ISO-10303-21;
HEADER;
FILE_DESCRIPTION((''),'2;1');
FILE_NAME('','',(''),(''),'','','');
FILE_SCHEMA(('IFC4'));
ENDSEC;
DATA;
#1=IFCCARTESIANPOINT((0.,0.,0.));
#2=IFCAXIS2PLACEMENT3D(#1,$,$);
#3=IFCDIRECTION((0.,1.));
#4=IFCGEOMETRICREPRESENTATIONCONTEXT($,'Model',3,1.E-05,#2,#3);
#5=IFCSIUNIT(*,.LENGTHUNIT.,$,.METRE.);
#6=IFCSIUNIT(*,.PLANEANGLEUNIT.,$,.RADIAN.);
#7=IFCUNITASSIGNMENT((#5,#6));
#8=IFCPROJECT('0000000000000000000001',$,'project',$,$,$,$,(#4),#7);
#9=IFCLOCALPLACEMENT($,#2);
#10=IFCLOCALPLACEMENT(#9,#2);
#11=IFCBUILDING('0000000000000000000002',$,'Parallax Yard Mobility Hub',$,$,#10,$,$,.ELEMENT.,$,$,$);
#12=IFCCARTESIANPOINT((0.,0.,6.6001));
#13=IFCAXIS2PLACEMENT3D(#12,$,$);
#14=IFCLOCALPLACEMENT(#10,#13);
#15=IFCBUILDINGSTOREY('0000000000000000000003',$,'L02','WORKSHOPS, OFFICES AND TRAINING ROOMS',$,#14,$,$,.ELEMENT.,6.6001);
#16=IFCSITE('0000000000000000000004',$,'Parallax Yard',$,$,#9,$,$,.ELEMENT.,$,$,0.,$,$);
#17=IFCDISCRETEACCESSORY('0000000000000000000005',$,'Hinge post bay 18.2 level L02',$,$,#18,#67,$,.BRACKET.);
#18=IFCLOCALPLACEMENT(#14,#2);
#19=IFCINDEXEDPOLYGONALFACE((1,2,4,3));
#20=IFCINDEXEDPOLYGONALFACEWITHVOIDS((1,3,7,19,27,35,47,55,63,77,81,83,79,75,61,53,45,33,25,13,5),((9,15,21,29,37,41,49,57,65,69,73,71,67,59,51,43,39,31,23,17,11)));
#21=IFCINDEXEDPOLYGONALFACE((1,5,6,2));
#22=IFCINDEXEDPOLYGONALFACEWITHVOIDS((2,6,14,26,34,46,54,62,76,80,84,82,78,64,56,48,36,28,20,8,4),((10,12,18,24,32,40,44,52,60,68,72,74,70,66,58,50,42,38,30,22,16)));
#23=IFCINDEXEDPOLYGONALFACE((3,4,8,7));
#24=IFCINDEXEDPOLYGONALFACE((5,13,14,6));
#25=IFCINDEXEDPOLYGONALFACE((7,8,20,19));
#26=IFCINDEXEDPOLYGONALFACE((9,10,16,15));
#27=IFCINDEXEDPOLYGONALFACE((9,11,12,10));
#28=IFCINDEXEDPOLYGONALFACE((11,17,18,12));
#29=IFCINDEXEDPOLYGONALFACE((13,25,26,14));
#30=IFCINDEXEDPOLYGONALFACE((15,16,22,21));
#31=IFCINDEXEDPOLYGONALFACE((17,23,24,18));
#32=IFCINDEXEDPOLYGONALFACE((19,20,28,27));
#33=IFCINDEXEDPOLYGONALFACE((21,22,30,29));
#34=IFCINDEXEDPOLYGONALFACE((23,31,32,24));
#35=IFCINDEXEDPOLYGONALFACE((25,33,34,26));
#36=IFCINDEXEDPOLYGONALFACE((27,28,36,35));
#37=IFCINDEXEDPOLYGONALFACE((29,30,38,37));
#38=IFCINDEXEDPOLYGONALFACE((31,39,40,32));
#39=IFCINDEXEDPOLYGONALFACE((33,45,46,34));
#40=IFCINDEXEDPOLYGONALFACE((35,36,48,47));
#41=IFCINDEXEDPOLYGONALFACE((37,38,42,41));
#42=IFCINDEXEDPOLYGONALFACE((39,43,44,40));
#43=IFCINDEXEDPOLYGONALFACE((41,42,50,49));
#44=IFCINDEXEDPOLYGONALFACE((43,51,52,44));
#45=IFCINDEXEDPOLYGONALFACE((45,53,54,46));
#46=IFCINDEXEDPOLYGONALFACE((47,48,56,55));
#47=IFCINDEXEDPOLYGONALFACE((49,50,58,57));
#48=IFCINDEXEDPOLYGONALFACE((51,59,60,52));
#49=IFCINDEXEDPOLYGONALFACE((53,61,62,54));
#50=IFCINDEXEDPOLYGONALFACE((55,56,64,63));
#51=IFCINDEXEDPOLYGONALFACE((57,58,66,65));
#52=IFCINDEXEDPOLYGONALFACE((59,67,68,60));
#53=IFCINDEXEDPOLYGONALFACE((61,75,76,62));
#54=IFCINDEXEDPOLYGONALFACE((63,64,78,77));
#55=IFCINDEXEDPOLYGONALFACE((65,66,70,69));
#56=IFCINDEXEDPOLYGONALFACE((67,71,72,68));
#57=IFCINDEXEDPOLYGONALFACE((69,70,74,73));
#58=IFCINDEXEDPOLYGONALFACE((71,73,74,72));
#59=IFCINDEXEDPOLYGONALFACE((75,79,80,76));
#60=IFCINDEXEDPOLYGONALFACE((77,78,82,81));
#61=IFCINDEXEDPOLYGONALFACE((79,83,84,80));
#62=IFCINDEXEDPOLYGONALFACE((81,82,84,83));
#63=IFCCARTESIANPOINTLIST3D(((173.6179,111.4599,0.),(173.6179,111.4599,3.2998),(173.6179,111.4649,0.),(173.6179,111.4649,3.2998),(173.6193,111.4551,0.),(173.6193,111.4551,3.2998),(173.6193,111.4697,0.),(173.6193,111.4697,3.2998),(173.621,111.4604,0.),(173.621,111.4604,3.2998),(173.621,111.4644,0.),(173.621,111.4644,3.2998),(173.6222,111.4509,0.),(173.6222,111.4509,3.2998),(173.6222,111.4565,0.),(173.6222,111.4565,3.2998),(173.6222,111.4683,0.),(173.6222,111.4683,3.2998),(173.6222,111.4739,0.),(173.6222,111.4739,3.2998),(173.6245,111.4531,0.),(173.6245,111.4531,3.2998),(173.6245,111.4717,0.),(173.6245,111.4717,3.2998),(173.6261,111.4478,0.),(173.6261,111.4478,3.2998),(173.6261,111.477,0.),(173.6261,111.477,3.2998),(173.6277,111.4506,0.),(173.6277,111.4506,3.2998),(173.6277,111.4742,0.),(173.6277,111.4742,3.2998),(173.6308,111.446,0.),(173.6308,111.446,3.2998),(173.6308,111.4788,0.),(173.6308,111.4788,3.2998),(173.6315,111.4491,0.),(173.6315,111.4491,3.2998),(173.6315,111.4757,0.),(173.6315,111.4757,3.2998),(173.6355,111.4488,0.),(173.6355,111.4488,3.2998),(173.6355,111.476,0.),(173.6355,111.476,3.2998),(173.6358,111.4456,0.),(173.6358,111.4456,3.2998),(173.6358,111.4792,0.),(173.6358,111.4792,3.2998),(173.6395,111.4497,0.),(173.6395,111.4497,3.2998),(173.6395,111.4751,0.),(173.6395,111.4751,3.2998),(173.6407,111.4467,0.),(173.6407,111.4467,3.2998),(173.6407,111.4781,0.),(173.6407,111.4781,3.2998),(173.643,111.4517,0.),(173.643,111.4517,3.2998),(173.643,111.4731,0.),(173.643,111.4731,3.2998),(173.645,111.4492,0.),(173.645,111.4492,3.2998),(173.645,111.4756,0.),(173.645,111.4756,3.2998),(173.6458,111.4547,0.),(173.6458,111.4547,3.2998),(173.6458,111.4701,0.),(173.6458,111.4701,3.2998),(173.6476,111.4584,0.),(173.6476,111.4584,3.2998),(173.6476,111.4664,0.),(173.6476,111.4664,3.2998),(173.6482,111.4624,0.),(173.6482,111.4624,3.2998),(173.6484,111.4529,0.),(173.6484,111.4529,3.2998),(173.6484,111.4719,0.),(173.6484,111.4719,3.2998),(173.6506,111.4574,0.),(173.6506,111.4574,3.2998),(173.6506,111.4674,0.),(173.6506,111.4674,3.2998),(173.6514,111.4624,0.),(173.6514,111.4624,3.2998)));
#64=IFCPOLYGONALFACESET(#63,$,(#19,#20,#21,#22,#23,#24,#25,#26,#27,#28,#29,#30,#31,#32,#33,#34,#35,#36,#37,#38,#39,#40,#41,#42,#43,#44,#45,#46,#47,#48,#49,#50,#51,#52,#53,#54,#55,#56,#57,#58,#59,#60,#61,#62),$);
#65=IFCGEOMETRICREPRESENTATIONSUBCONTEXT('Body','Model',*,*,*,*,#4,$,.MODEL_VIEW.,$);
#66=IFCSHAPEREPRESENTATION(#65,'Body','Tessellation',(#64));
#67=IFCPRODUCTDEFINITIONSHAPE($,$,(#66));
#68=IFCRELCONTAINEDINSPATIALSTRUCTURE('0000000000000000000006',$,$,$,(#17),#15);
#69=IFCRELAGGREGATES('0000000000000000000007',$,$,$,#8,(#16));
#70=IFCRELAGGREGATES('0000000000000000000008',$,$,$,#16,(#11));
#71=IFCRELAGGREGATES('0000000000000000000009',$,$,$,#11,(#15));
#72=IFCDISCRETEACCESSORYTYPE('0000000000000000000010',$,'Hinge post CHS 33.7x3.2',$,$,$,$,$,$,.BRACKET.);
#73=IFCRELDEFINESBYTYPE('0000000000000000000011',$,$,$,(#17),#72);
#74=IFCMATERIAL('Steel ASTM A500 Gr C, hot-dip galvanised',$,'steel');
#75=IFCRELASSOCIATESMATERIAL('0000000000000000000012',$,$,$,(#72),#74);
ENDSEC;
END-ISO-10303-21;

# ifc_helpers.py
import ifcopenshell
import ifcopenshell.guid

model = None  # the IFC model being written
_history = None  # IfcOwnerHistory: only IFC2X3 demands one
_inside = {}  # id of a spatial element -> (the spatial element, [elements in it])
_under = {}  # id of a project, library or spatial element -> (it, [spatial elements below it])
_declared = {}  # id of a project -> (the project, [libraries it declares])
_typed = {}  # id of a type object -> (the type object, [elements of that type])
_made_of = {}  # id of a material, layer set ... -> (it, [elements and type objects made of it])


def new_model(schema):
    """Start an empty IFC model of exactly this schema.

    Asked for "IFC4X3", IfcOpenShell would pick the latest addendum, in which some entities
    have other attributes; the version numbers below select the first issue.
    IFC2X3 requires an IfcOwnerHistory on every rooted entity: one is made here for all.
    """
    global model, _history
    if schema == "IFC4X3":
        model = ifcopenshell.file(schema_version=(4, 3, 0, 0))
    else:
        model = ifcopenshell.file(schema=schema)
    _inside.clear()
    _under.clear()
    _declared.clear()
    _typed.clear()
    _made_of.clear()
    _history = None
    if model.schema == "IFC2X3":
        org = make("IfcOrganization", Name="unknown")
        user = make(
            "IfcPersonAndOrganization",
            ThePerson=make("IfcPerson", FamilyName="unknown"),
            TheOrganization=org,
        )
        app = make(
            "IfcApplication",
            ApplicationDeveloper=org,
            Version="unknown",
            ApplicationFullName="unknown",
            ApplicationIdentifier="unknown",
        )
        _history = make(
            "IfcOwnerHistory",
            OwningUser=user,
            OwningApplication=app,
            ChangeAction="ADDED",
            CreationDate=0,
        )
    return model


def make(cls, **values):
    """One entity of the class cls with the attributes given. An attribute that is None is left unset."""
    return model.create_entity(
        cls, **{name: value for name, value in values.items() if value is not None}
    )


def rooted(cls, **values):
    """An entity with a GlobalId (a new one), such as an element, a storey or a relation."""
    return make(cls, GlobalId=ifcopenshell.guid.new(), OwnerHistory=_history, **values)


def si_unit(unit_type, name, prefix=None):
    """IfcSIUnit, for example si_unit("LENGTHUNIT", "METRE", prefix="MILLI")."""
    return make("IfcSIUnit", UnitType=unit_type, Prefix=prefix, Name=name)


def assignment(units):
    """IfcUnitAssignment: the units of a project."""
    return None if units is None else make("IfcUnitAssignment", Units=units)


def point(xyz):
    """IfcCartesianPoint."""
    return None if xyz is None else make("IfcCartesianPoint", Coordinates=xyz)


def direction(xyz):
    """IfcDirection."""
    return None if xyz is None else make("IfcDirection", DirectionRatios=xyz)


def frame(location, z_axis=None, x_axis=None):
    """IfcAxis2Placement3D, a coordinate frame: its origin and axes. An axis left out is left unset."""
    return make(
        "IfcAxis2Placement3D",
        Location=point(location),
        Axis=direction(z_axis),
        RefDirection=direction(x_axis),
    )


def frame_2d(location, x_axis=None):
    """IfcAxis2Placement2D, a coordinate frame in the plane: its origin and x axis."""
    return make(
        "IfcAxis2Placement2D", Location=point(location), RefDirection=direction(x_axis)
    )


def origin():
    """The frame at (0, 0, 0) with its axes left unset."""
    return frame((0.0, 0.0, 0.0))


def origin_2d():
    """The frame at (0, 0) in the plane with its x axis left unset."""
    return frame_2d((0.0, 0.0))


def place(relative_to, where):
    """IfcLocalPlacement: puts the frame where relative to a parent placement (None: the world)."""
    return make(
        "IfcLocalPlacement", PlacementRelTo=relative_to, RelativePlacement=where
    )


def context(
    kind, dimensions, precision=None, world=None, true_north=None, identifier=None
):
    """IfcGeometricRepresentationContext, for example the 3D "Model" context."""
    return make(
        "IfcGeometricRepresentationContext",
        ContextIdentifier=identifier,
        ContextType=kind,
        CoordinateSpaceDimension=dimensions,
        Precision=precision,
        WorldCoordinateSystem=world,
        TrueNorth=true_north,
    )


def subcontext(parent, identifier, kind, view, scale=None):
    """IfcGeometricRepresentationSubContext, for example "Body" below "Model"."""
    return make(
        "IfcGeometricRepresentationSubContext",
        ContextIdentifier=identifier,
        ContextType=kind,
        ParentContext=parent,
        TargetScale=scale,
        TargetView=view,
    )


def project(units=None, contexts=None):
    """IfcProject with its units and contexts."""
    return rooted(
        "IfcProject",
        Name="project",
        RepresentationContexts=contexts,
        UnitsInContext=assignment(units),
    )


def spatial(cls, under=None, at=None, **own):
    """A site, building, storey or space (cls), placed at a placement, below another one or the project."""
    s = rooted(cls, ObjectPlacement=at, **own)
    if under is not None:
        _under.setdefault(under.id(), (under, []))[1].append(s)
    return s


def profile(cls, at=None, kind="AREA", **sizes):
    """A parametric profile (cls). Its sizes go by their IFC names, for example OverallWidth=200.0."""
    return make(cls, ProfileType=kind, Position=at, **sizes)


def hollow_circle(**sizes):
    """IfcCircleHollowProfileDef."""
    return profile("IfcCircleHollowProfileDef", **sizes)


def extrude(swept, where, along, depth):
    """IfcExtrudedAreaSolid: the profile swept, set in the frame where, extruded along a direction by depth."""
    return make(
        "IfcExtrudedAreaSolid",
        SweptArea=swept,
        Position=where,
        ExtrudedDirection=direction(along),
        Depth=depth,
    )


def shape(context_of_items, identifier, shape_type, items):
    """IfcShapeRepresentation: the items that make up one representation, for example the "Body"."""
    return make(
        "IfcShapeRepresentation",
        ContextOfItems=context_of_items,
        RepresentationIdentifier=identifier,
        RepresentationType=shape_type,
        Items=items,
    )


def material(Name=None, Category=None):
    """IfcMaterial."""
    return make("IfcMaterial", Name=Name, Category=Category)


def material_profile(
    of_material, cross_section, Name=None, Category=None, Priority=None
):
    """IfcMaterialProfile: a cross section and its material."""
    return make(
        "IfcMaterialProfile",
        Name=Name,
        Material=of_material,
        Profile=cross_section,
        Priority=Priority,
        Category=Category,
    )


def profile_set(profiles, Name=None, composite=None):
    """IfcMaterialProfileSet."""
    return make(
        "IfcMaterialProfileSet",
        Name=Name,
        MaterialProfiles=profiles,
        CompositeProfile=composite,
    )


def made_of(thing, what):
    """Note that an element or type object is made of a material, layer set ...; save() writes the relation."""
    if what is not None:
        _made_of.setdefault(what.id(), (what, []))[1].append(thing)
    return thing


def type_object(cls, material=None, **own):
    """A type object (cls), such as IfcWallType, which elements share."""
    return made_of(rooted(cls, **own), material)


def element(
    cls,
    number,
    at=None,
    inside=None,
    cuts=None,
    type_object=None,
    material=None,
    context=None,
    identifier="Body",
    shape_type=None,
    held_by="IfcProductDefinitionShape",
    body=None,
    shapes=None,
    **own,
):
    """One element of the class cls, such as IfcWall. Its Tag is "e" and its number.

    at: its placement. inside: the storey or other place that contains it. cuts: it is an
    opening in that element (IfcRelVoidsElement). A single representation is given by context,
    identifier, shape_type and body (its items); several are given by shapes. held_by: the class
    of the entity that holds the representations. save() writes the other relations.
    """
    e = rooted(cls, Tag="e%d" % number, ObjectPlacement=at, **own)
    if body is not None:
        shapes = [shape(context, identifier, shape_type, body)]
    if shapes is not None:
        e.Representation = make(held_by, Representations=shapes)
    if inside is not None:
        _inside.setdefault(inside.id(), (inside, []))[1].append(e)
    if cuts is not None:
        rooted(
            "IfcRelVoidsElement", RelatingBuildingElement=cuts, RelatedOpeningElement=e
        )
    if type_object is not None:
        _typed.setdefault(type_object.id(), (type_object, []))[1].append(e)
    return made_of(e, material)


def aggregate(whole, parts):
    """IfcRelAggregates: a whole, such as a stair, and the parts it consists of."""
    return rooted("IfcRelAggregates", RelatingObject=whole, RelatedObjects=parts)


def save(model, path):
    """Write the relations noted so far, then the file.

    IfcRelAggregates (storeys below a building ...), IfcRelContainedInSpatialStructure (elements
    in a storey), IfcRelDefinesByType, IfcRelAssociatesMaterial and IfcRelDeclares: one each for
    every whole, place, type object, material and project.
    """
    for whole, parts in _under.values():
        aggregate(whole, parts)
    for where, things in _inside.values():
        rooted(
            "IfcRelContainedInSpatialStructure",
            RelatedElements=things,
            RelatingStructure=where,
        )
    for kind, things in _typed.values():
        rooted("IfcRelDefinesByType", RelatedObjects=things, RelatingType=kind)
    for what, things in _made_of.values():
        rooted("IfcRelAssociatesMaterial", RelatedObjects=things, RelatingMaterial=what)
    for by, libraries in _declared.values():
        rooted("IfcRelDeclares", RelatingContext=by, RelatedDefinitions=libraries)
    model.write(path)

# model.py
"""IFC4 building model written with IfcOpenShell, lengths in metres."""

from ifc_helpers import new_model, si_unit, direction, frame, origin, origin_2d, place, context, subcontext, project, spatial, hollow_circle, extrude, material, material_profile, profile_set, type_object, element, save


model = new_model("IFC4")

# Units and contexts
model_context = context("Model", 3, precision=1e-05, world=origin(), true_north=direction((0.0, 1.0)))
body_context = subcontext(model_context, "Body", "Model", "MODEL_VIEW")
ifc_project = project(units=[si_unit("LENGTHUNIT", "METRE"), si_unit("PLANEANGLEUNIT", "RADIAN")], contexts=[model_context])

# Site, building, storey
site_placement = place(None, origin())
site = spatial("IfcSite", under=ifc_project, at=site_placement, Name="Parallax Yard", CompositionType="ELEMENT", RefElevation=0.0)
building_placement = place(site_placement, origin())
building = spatial("IfcBuilding", under=site, at=building_placement, Name="Parallax Yard Mobility Hub", CompositionType="ELEMENT")
storey_placement = place(building_placement, frame((0.0, 0.0, 6.6001)))
storey = spatial("IfcBuildingStorey", under=building, at=storey_placement, Name="L02", Description="WORKSHOPS, OFFICES AND TRAINING ROOMS", CompositionType="ELEMENT", Elevation=6.6001)

# Discrete accessory
ifc_material_1 = material(Name="Steel ASTM A500 Gr C, hot-dip galvanised", Category="steel")
ifc_material_profile = material_profile(ifc_material_1, hollow_circle(Radius=0.0168, WallThickness=0.0032, at=origin_2d()), Name="CHS 33.7x3.2")
ifc_profile_set = profile_set([ifc_material_profile], Name="Steel ASTM A500 Gr C, hot-dip galvanised")
discrete_accessory_type_1 = type_object("IfcDiscreteAccessoryType", Name="Hinge post CHS 33.7x3.2", PredefinedType="BRACKET", material=ifc_profile_set)
for number, where, z_axis, x_axis, name in (
    (1, (173.6345, 111.4624, 0.0), (0.0, 0.0, 1.0), (1.0, 0.0, 0.0), "Hinge post bay 18.2 level L02"),
):
    element("IfcDiscreteAccessory", number, at=place(storey_placement, frame(where, z_axis=z_axis, x_axis=x_axis)), inside=storey, type_object=discrete_accessory_type_1, Name=name, PredefinedType="BRACKET", context=body_context, shape_type="SweptSolid", body=[
        extrude(hollow_circle(Radius=0.0168, WallThickness=0.0032, at=origin_2d()), origin(), (0.0, 0.0, 1.0), 3.2998),
    ])

save(model, "model.ifc")
